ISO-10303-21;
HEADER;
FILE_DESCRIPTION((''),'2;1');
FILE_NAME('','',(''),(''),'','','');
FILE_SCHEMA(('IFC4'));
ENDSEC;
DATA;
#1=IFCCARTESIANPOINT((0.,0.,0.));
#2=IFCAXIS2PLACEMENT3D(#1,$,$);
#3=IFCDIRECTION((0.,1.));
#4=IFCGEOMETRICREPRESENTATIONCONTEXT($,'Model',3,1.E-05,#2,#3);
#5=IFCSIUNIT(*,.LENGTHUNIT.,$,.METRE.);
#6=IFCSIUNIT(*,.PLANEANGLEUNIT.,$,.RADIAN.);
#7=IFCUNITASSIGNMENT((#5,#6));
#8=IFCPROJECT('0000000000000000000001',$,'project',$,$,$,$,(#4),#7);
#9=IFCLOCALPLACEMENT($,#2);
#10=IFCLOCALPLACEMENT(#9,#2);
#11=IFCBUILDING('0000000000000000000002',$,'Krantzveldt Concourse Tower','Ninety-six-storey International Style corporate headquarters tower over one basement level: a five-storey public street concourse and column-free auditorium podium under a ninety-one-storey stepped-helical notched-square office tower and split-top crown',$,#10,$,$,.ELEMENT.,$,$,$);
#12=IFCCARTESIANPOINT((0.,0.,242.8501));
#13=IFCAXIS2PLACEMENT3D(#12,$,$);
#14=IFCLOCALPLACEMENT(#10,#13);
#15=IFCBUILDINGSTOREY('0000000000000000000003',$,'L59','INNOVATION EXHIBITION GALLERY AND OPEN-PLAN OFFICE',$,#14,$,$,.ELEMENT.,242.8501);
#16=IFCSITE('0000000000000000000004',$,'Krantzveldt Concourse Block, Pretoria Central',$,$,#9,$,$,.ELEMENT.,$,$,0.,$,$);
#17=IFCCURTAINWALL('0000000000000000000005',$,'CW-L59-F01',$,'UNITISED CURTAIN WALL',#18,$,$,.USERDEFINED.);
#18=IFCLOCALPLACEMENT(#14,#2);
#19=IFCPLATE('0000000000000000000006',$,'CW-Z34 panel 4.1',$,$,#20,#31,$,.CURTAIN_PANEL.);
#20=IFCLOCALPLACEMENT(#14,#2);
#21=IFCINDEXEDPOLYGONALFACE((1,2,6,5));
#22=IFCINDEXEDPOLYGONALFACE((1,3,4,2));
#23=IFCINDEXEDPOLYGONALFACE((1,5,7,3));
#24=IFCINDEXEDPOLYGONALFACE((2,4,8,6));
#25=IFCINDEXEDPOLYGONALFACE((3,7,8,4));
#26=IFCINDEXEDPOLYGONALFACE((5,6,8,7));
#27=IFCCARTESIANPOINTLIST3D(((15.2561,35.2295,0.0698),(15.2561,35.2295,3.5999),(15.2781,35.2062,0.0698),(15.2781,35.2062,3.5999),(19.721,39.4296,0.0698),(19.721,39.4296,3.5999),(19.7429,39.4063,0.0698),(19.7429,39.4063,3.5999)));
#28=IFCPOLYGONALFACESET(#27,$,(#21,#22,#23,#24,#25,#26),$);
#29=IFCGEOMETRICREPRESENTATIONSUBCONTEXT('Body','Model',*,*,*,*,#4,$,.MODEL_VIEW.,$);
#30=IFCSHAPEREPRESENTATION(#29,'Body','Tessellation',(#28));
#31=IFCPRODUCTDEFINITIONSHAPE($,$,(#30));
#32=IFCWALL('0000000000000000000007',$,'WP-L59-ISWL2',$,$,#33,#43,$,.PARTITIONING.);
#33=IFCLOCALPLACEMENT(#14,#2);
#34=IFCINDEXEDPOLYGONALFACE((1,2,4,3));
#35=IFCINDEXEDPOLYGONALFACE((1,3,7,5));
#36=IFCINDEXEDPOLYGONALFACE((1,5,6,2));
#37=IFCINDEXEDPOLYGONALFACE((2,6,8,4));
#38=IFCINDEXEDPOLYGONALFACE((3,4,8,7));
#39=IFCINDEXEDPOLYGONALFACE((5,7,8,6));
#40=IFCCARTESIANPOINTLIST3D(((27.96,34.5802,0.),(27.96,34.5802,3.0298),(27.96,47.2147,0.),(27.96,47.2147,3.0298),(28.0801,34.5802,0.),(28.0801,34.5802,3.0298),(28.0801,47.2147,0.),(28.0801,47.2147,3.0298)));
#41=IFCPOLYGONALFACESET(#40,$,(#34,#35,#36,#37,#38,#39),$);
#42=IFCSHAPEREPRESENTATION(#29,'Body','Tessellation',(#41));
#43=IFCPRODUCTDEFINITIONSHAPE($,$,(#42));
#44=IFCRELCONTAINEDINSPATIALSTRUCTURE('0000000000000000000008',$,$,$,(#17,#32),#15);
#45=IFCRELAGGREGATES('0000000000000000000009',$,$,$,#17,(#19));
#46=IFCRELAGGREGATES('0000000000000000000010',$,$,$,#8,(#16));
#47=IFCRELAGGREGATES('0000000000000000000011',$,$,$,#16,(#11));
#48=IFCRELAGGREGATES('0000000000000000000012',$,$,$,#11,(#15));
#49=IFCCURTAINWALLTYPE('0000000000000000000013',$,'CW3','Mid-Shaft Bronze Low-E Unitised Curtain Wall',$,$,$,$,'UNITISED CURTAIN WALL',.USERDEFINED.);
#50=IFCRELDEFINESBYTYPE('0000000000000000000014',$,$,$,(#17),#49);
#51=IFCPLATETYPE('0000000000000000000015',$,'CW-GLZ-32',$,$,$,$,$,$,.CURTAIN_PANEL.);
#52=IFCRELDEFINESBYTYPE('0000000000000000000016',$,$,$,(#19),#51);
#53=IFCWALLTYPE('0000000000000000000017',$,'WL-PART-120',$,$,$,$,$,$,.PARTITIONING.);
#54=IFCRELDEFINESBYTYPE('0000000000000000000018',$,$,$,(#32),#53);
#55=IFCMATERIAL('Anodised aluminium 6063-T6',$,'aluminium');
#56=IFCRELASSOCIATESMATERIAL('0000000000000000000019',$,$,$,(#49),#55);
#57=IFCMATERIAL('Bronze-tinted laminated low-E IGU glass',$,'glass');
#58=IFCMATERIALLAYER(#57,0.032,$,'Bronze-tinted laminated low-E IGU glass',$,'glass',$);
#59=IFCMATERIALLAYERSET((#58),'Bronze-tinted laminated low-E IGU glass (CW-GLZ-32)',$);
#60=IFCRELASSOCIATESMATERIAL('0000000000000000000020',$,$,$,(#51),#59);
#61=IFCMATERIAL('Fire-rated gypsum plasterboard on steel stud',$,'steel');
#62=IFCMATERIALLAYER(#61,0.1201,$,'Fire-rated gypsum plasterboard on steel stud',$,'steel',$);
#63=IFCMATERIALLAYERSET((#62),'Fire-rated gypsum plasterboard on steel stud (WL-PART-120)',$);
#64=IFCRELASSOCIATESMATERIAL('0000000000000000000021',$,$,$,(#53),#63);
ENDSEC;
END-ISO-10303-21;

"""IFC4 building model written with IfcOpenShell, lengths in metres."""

from ifc_helpers import new_model, si_unit, direction, frame, frame_2d, origin, origin_2d, place, context, subcontext, project, spatial, rectangle, extrude, source, transform, mapped, material, layer, layer_set, type_object, element, aggregate, save


model = new_model("IFC4")

# Units and contexts
model_context = context("Model", 3, precision=1e-05, world=origin(), true_north=direction((0.0, 1.0)))
body_context = subcontext(model_context, "Body", "Model", "MODEL_VIEW")
ifc_project = project(units=[si_unit("LENGTHUNIT", "METRE"), si_unit("PLANEANGLEUNIT", "RADIAN")], contexts=[model_context])

# Site, building, storey
site_placement = place(None, origin())
site = spatial("IfcSite", under=ifc_project, at=site_placement, Name="Krantzveldt Concourse Block, Pretoria Central", CompositionType="ELEMENT", RefElevation=0.0)
building_placement = place(site_placement, origin())
building = spatial("IfcBuilding", under=site, at=building_placement, Name="Krantzveldt Concourse Tower", Description="Ninety-six-storey International Style corporate headquarters tower over one basement level: a five-storey public street concourse and column-free auditorium podium under a ninety-one-storey stepped-helical notched-square office tower and split-top crown", CompositionType="ELEMENT")
storey_placement = place(building_placement, frame((0.0, 0.0, 242.8501)))
storey = spatial("IfcBuildingStorey", under=building, at=storey_placement, Name="L59", Description="INNOVATION EXHIBITION GALLERY AND OPEN-PLAN OFFICE", CompositionType="ELEMENT", Elevation=242.8501)

# Curtain wall, plate
ifc_material_1 = material(Name="Anodised aluminium 6063-T6", Category="aluminium")
curtain_wall_type = type_object("IfcCurtainWallType", Name="CW3", Description="Mid-Shaft Bronze Low-E Unitised Curtain Wall", ElementType="UNITISED CURTAIN WALL", PredefinedType="USERDEFINED", material=ifc_material_1)
curtain_wall_placement = place(storey_placement, origin())
curtain_wall = element("IfcCurtainWall", 1, at=curtain_wall_placement, inside=storey, type_object=curtain_wall_type, Name="CW-L59-F01", ObjectType="UNITISED CURTAIN WALL", PredefinedType="USERDEFINED")
ifc_material_2 = material(Name="Bronze-tinted laminated low-E IGU glass", Category="glass")
ifc_layer_1 = layer(ifc_material_2, 0.032, Name="Bronze-tinted laminated low-E IGU glass", Category="glass")
ifc_layer_set_1 = layer_set([ifc_layer_1], Name="Bronze-tinted laminated low-E IGU glass (CW-GLZ-32)")
plate_type = type_object("IfcPlateType", Name="CW-GLZ-32", PredefinedType="CURTAIN_PANEL", material=ifc_layer_set_1)
shared_shape_1 = source(origin(), body_context, "Body", "SweptSolid", [
    extrude(rectangle(XDim=6.1299, YDim=0.032, at=origin_2d()), origin(), (0.0, 0.0, 1.0), 3.53),
])
plate_1_placement = place(storey_placement, frame((17.4995, 37.3179, 0.0698), z_axis=(0.0, 0.0, 1.0), x_axis=(-0.728371, -0.685183, 0.0)))
plate_1 = element("IfcPlate", 2, at=plate_1_placement, type_object=plate_type, Name="CW-Z34 panel 4.1", PredefinedType="CURTAIN_PANEL", context=body_context, shape_type="MappedRepresentation", body=[
    mapped(shared_shape_1, transform((0.0, 0.0, 0.0), x_axis=(1.0, 0.0, 0.0), y_axis=(0.0, 1.0, 0.0), z_axis=(0.0, 0.0, 1.0), scale=1.0)),
])
aggregate(curtain_wall, [plate_1])

# Wall
ifc_material_3 = material(Name="Fire-rated gypsum plasterboard on steel stud", Category="steel")
ifc_layer_2 = layer(ifc_material_3, 0.1201, Name="Fire-rated gypsum plasterboard on steel stud", Category="steel")
ifc_layer_set_2 = layer_set([ifc_layer_2], Name="Fire-rated gypsum plasterboard on steel stud (WL-PART-120)")
wall_type = type_object("IfcWallType", Name="WL-PART-120", PredefinedType="PARTITIONING", material=ifc_layer_set_2)
wall_placement = place(storey_placement, frame((28.02, 34.5801, 0.0), z_axis=(0.0, 0.0, 1.0), x_axis=(0.0, 1.0, 0.0)))
element("IfcWall", 3, at=wall_placement, inside=storey, type_object=wall_type, Name="WP-L59-ISWL2", PredefinedType="PARTITIONING", context=body_context, shape_type="SweptSolid", body=[
    extrude(rectangle(XDim=12.6345, YDim=0.1201, at=frame_2d((6.3174, 0.0))), origin(), (0.0, 0.0, 1.0), 3.0298),
])

save(model, "model.ifc")
